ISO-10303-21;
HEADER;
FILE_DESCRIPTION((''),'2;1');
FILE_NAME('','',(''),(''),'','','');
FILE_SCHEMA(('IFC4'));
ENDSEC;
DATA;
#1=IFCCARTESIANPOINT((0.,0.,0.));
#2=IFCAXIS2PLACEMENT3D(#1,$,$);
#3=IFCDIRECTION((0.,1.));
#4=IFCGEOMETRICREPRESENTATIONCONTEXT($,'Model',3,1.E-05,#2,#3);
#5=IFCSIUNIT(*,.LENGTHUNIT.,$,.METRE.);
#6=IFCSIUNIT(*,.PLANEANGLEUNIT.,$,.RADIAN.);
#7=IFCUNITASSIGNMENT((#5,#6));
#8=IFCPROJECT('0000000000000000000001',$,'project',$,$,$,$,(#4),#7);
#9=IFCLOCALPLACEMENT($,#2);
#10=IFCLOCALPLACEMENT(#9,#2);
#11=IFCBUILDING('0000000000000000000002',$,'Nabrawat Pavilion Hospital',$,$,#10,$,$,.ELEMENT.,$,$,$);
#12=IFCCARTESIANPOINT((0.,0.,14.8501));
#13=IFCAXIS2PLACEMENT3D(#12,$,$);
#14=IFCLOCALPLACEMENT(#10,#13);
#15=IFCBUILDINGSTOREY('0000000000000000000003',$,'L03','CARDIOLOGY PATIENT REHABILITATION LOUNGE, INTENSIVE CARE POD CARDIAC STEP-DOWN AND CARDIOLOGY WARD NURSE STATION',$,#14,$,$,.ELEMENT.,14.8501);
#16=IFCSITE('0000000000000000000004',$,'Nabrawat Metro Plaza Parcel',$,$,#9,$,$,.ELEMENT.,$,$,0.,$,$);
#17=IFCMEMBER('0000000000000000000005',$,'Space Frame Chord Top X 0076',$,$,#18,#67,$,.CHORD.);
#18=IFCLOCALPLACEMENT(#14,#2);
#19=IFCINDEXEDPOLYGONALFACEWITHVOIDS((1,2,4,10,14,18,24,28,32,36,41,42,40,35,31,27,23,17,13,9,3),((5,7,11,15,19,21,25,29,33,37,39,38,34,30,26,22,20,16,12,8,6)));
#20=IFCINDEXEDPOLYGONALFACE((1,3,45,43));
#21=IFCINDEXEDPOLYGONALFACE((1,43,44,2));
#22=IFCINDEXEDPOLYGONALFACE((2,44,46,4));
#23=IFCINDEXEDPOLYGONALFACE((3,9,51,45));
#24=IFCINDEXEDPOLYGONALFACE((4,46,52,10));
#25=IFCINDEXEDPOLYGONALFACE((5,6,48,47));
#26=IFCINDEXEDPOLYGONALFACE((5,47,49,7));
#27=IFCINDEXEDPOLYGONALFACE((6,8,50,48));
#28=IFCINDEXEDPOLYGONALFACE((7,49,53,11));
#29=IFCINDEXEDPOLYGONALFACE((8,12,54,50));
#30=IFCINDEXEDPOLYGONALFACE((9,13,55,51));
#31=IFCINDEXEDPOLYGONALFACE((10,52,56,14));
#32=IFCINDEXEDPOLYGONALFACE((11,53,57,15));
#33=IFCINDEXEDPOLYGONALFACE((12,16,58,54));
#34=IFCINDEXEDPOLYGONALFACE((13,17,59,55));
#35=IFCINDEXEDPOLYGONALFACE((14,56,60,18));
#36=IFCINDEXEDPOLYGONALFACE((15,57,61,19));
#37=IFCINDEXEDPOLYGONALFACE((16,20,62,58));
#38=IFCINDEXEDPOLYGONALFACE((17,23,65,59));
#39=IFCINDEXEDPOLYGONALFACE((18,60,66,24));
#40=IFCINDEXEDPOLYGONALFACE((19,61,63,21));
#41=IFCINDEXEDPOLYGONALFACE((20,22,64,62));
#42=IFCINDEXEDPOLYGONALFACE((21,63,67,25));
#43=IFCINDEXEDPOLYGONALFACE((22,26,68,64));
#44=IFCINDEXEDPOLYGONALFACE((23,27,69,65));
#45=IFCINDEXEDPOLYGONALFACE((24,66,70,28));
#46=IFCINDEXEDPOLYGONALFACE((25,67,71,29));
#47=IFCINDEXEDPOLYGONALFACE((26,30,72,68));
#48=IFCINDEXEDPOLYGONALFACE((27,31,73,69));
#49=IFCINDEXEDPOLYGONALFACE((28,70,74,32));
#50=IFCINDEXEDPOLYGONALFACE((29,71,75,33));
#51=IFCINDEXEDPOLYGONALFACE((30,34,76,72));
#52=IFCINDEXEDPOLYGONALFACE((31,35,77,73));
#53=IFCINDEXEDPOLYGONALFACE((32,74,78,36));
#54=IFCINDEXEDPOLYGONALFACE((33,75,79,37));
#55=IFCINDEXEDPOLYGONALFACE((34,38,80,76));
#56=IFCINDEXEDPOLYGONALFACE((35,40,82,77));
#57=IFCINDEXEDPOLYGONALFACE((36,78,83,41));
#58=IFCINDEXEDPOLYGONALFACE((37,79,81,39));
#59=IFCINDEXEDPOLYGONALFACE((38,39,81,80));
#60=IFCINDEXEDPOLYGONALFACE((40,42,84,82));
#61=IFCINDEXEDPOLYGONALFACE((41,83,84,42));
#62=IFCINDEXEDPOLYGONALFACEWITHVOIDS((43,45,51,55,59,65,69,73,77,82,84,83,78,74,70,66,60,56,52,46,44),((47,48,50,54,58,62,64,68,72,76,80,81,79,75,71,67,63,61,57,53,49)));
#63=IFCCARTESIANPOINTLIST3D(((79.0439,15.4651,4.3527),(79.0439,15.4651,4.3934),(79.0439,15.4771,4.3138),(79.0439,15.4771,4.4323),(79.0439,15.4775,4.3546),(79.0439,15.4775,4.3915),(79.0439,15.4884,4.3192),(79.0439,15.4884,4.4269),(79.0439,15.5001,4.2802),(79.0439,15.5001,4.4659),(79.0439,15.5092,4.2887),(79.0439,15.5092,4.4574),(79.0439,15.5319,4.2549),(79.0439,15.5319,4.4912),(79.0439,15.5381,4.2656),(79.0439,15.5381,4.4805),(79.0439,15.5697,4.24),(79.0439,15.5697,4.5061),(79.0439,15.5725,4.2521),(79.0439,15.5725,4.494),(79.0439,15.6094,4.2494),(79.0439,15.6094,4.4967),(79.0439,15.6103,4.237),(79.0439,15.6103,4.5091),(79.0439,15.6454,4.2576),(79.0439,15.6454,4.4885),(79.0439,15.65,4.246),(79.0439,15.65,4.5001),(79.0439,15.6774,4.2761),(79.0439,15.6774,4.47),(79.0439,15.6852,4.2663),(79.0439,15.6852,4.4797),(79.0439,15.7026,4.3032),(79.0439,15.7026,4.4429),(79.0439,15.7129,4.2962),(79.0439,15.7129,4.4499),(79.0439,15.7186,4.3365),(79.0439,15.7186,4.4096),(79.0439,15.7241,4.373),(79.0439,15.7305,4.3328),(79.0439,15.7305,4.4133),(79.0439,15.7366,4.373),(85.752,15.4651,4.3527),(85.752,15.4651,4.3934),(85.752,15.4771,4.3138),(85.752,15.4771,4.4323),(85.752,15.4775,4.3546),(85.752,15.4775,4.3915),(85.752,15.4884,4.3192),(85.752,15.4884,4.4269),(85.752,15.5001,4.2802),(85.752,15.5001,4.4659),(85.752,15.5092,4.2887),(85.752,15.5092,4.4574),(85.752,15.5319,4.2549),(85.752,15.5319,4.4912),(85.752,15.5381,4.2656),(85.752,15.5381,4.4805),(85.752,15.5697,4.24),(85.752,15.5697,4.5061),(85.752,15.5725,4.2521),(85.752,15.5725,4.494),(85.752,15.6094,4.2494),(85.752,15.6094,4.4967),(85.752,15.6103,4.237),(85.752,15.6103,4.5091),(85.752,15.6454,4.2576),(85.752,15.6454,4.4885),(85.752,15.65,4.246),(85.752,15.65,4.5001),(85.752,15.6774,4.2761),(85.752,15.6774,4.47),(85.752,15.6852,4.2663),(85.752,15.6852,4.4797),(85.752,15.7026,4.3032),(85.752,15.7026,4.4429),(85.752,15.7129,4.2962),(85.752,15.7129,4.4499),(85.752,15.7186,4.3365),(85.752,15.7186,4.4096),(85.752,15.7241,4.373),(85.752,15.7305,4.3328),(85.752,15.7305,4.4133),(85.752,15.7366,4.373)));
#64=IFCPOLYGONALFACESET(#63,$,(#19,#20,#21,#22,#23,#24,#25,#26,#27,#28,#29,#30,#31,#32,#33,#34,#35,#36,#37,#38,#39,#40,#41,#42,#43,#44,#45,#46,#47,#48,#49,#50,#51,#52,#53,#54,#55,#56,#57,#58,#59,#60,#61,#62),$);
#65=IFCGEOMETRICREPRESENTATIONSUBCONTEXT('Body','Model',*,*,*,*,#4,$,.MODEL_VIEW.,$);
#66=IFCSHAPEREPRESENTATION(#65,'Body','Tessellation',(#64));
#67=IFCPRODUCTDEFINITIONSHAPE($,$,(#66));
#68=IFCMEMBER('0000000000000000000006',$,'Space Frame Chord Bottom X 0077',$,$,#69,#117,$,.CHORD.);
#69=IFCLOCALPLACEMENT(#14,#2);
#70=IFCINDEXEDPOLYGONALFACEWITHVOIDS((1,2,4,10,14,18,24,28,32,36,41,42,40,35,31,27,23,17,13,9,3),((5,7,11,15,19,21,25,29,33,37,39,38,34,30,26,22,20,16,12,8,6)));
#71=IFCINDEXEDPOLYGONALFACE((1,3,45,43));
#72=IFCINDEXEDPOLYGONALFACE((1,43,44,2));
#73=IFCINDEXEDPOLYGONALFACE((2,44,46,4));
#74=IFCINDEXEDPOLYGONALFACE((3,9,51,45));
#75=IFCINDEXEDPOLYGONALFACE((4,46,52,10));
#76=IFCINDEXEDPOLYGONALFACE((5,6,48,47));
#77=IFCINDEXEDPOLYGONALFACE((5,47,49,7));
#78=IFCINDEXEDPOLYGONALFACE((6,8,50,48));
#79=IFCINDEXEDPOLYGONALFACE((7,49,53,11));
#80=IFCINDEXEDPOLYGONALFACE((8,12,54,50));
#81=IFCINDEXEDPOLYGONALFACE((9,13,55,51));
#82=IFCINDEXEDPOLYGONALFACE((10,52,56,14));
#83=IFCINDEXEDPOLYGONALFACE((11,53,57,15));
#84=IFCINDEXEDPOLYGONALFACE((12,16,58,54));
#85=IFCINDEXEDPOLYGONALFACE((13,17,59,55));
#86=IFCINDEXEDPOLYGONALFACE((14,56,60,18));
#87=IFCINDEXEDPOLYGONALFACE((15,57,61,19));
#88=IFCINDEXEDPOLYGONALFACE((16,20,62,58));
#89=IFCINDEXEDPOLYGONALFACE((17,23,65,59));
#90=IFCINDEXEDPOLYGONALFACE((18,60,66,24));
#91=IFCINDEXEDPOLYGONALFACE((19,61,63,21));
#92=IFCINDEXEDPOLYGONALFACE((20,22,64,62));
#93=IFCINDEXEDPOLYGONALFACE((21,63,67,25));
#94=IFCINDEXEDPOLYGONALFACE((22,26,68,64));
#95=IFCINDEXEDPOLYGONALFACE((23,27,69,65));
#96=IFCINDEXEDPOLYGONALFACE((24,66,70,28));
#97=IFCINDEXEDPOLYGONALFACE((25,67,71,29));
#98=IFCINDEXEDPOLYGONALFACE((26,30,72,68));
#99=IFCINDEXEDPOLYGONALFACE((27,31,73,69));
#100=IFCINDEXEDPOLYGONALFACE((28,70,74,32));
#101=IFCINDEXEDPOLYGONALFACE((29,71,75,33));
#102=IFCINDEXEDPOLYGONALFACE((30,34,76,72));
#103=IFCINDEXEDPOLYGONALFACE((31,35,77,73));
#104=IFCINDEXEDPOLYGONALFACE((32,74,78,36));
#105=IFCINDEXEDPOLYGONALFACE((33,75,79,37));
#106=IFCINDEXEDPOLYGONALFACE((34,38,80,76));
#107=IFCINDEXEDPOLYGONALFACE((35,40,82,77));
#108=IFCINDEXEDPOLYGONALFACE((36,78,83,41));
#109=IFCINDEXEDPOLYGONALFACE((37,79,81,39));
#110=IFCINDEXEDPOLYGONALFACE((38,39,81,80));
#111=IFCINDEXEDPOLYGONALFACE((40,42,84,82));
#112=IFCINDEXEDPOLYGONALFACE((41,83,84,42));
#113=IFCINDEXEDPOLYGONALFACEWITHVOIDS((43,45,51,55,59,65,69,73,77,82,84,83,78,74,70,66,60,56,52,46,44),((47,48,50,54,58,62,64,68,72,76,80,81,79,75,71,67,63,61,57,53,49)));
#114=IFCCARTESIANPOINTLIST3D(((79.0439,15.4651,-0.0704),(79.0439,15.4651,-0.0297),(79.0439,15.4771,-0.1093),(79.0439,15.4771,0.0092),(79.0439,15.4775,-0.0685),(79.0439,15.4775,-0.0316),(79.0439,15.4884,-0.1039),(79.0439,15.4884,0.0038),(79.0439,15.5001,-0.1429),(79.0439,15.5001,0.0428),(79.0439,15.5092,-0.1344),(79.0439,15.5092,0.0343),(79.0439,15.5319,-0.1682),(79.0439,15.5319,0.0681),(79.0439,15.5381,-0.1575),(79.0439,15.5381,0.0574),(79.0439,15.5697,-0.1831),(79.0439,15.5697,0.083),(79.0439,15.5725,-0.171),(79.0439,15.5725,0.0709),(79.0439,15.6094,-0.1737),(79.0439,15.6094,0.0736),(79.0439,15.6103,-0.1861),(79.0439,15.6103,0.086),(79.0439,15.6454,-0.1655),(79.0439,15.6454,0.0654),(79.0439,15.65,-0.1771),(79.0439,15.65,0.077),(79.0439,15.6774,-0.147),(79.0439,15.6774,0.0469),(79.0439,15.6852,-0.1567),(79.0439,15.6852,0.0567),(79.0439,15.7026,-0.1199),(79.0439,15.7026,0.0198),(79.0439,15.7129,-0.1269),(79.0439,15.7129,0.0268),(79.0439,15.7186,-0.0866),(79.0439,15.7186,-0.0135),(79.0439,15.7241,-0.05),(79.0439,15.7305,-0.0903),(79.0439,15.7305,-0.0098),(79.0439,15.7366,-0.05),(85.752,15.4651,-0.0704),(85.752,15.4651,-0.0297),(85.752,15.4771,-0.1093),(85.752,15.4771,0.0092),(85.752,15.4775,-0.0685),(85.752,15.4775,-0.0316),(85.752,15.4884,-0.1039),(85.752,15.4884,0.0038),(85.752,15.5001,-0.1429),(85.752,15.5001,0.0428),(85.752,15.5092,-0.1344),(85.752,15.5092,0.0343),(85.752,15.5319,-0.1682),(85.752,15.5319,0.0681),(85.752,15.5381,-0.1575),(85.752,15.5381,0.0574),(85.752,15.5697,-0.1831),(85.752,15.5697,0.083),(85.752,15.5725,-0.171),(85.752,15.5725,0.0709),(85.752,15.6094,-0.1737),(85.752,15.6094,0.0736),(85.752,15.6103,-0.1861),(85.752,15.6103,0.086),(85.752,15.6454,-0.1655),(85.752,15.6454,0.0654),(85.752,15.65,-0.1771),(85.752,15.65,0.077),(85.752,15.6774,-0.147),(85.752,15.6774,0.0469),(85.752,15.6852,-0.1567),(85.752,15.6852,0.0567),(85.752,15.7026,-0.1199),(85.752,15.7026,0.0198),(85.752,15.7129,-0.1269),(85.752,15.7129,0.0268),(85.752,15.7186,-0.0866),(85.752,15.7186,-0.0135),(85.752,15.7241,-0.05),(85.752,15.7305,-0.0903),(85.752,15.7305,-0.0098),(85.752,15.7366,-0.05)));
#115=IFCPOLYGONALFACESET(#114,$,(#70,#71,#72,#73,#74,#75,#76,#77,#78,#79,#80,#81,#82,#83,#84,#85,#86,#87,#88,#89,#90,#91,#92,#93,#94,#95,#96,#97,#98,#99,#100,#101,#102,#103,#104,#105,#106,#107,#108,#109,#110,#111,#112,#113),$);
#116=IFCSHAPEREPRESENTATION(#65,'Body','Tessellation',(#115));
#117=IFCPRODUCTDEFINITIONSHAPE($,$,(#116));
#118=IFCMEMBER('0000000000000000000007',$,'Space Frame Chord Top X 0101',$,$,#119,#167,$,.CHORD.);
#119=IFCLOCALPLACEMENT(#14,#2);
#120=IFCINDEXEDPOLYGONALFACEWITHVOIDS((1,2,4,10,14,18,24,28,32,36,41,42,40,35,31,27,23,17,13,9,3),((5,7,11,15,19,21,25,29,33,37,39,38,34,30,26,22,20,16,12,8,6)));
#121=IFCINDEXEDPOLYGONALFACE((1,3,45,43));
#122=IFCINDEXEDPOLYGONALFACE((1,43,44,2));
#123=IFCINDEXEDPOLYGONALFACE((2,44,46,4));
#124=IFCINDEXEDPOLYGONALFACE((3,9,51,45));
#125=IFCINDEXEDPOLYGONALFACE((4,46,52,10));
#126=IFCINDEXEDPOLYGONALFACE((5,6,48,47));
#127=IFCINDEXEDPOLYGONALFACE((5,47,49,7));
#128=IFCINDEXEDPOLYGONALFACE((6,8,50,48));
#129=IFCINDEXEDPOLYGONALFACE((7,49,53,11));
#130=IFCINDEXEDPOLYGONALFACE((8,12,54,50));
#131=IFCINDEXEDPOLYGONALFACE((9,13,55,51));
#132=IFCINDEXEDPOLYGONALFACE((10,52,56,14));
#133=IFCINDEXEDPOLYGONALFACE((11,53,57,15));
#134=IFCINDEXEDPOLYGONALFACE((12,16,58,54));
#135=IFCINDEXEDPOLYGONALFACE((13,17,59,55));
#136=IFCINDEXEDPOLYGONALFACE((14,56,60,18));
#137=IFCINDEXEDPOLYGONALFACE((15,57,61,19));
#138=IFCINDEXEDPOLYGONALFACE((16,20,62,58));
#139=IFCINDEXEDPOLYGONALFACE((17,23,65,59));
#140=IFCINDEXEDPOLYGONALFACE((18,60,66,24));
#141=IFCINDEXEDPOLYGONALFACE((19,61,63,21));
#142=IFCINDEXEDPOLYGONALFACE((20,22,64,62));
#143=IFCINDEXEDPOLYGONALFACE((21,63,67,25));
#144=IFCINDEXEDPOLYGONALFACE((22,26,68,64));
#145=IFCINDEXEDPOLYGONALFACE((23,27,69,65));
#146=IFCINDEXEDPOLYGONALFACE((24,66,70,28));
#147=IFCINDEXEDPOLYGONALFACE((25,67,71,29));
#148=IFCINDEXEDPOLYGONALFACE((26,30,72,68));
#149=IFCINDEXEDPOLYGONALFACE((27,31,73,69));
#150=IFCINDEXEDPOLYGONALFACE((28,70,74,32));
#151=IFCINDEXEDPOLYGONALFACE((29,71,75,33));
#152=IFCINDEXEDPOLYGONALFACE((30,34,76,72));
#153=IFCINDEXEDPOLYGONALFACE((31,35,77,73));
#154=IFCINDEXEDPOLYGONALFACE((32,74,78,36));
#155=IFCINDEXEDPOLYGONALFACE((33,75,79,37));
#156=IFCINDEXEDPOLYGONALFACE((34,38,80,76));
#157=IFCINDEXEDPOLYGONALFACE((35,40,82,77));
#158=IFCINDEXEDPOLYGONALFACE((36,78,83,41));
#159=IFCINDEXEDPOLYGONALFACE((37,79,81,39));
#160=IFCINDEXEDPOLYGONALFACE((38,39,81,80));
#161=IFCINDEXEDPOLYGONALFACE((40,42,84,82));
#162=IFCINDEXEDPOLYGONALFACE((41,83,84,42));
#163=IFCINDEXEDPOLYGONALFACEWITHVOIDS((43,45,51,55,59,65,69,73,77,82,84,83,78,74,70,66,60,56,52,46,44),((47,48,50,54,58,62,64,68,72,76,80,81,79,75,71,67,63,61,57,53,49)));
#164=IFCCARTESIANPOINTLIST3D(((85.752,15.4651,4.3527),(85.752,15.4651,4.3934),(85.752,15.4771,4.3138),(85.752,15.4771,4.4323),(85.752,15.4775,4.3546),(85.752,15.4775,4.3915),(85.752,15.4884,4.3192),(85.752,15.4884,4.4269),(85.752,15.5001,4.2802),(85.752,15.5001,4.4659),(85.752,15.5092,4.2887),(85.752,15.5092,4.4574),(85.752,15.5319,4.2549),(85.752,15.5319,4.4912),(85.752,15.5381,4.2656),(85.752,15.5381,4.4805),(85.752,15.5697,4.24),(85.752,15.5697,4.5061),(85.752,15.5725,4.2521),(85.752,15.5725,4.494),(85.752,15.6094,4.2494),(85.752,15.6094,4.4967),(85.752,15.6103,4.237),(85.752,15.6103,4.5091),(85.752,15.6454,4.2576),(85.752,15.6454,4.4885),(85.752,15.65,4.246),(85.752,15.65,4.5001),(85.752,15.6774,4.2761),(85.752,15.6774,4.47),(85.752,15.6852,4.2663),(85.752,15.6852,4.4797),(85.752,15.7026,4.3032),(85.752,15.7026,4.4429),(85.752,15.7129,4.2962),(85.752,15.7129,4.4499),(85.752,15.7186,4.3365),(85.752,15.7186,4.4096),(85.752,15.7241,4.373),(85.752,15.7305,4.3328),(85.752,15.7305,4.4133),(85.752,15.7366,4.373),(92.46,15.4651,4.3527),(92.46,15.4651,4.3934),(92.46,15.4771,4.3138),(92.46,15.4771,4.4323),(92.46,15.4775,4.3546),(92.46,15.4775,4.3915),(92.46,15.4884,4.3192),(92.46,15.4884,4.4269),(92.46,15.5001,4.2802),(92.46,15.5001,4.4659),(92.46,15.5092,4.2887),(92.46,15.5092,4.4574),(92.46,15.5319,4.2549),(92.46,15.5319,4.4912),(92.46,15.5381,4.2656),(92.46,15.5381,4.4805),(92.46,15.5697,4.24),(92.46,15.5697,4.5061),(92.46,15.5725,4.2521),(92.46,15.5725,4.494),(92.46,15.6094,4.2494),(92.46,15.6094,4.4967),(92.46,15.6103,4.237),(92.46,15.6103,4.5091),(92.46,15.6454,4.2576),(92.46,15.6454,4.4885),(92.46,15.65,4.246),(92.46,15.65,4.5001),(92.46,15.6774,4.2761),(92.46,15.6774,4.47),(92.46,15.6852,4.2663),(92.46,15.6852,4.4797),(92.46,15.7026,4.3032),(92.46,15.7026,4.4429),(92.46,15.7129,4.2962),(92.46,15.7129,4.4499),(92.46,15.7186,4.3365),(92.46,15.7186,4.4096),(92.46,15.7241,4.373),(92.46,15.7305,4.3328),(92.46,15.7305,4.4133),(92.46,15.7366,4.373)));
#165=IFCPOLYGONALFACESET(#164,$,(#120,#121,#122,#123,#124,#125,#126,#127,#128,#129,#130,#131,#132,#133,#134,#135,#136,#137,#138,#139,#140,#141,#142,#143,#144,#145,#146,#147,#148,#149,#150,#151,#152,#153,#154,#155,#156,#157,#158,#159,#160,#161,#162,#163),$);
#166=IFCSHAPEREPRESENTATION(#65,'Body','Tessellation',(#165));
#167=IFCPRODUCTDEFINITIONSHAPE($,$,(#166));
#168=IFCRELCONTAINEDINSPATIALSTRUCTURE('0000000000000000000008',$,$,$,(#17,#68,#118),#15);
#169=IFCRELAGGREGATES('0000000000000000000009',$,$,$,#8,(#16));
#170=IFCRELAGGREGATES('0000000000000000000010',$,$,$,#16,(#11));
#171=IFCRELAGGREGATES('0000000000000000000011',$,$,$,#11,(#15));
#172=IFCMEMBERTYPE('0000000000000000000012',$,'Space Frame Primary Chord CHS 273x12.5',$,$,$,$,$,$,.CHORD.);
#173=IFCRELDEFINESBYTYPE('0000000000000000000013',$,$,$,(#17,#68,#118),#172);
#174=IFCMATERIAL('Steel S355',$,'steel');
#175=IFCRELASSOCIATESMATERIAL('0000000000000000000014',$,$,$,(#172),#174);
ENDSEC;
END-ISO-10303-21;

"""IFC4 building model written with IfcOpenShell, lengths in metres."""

from ifc_helpers import new_model, si_unit, direction, frame, origin, origin_2d, place, context, subcontext, project, spatial, hollow_circle, extrude, material, material_profile, profile_set, type_object, element, save


model = new_model("IFC4")

# Units and contexts
model_context = context("Model", 3, precision=1e-05, world=origin(), true_north=direction((0.0, 1.0)))
body_context = subcontext(model_context, "Body", "Model", "MODEL_VIEW")
ifc_project = project(units=[si_unit("LENGTHUNIT", "METRE"), si_unit("PLANEANGLEUNIT", "RADIAN")], contexts=[model_context])

# Site, building, storey
site_placement = place(None, origin())
site = spatial("IfcSite", under=ifc_project, at=site_placement, Name="Nabrawat Metro Plaza Parcel", CompositionType="ELEMENT", RefElevation=0.0)
building_placement = place(site_placement, origin())
building = spatial("IfcBuilding", under=site, at=building_placement, Name="Nabrawat Pavilion Hospital", CompositionType="ELEMENT")
storey_placement = place(building_placement, frame((0.0, 0.0, 14.8501)))
storey = spatial("IfcBuildingStorey", under=building, at=storey_placement, Name="L03", Description="CARDIOLOGY PATIENT REHABILITATION LOUNGE, INTENSIVE CARE POD CARDIAC STEP-DOWN AND CARDIOLOGY WARD NURSE STATION", CompositionType="ELEMENT", Elevation=14.8501)

# Shared definitions
ifc_material = material(Name="Steel S355", Category="steel")

# Members
ifc_material_profile_1 = material_profile(ifc_material, hollow_circle(Radius=0.1365, WallThickness=0.0125, at=origin_2d()), Name="CHS 273x12.5")
ifc_profile_set_1 = profile_set([ifc_material_profile_1], Name="Steel S355")
member_type_1 = type_object("IfcMemberType", Name="Space Frame Primary Chord CHS 273x12.5", PredefinedType="CHORD", material=ifc_profile_set_1)
for number, where, z_axis, x_axis, name in (
    (1, (79.0439, 15.6001, 4.373), (1.0, 0.0, 0.0), (0.0, 1.0, 0.0), "Space Frame Chord Top X 0076"),
    (2, (79.0439, 15.6001, -0.05), (1.0, 0.0, 0.0), (0.0, 1.0, 0.0), "Space Frame Chord Bottom X 0077"),
    (3, (85.752, 15.6001, 4.373), (1.0, 0.0, 0.0), (0.0, 1.0, 0.0), "Space Frame Chord Top X 0101"),
):
    element("IfcMember", number, at=place(storey_placement, frame(where, z_axis=z_axis, x_axis=x_axis)), inside=storey, type_object=member_type_1, Name=name, PredefinedType="CHORD", context=body_context, shape_type="SweptSolid", body=[
        extrude(hollow_circle(Radius=0.1365, WallThickness=0.0125, at=origin_2d()), origin(), (0.0, 0.0, 1.0), 6.708),
    ])

save(model, "model.ifc")
